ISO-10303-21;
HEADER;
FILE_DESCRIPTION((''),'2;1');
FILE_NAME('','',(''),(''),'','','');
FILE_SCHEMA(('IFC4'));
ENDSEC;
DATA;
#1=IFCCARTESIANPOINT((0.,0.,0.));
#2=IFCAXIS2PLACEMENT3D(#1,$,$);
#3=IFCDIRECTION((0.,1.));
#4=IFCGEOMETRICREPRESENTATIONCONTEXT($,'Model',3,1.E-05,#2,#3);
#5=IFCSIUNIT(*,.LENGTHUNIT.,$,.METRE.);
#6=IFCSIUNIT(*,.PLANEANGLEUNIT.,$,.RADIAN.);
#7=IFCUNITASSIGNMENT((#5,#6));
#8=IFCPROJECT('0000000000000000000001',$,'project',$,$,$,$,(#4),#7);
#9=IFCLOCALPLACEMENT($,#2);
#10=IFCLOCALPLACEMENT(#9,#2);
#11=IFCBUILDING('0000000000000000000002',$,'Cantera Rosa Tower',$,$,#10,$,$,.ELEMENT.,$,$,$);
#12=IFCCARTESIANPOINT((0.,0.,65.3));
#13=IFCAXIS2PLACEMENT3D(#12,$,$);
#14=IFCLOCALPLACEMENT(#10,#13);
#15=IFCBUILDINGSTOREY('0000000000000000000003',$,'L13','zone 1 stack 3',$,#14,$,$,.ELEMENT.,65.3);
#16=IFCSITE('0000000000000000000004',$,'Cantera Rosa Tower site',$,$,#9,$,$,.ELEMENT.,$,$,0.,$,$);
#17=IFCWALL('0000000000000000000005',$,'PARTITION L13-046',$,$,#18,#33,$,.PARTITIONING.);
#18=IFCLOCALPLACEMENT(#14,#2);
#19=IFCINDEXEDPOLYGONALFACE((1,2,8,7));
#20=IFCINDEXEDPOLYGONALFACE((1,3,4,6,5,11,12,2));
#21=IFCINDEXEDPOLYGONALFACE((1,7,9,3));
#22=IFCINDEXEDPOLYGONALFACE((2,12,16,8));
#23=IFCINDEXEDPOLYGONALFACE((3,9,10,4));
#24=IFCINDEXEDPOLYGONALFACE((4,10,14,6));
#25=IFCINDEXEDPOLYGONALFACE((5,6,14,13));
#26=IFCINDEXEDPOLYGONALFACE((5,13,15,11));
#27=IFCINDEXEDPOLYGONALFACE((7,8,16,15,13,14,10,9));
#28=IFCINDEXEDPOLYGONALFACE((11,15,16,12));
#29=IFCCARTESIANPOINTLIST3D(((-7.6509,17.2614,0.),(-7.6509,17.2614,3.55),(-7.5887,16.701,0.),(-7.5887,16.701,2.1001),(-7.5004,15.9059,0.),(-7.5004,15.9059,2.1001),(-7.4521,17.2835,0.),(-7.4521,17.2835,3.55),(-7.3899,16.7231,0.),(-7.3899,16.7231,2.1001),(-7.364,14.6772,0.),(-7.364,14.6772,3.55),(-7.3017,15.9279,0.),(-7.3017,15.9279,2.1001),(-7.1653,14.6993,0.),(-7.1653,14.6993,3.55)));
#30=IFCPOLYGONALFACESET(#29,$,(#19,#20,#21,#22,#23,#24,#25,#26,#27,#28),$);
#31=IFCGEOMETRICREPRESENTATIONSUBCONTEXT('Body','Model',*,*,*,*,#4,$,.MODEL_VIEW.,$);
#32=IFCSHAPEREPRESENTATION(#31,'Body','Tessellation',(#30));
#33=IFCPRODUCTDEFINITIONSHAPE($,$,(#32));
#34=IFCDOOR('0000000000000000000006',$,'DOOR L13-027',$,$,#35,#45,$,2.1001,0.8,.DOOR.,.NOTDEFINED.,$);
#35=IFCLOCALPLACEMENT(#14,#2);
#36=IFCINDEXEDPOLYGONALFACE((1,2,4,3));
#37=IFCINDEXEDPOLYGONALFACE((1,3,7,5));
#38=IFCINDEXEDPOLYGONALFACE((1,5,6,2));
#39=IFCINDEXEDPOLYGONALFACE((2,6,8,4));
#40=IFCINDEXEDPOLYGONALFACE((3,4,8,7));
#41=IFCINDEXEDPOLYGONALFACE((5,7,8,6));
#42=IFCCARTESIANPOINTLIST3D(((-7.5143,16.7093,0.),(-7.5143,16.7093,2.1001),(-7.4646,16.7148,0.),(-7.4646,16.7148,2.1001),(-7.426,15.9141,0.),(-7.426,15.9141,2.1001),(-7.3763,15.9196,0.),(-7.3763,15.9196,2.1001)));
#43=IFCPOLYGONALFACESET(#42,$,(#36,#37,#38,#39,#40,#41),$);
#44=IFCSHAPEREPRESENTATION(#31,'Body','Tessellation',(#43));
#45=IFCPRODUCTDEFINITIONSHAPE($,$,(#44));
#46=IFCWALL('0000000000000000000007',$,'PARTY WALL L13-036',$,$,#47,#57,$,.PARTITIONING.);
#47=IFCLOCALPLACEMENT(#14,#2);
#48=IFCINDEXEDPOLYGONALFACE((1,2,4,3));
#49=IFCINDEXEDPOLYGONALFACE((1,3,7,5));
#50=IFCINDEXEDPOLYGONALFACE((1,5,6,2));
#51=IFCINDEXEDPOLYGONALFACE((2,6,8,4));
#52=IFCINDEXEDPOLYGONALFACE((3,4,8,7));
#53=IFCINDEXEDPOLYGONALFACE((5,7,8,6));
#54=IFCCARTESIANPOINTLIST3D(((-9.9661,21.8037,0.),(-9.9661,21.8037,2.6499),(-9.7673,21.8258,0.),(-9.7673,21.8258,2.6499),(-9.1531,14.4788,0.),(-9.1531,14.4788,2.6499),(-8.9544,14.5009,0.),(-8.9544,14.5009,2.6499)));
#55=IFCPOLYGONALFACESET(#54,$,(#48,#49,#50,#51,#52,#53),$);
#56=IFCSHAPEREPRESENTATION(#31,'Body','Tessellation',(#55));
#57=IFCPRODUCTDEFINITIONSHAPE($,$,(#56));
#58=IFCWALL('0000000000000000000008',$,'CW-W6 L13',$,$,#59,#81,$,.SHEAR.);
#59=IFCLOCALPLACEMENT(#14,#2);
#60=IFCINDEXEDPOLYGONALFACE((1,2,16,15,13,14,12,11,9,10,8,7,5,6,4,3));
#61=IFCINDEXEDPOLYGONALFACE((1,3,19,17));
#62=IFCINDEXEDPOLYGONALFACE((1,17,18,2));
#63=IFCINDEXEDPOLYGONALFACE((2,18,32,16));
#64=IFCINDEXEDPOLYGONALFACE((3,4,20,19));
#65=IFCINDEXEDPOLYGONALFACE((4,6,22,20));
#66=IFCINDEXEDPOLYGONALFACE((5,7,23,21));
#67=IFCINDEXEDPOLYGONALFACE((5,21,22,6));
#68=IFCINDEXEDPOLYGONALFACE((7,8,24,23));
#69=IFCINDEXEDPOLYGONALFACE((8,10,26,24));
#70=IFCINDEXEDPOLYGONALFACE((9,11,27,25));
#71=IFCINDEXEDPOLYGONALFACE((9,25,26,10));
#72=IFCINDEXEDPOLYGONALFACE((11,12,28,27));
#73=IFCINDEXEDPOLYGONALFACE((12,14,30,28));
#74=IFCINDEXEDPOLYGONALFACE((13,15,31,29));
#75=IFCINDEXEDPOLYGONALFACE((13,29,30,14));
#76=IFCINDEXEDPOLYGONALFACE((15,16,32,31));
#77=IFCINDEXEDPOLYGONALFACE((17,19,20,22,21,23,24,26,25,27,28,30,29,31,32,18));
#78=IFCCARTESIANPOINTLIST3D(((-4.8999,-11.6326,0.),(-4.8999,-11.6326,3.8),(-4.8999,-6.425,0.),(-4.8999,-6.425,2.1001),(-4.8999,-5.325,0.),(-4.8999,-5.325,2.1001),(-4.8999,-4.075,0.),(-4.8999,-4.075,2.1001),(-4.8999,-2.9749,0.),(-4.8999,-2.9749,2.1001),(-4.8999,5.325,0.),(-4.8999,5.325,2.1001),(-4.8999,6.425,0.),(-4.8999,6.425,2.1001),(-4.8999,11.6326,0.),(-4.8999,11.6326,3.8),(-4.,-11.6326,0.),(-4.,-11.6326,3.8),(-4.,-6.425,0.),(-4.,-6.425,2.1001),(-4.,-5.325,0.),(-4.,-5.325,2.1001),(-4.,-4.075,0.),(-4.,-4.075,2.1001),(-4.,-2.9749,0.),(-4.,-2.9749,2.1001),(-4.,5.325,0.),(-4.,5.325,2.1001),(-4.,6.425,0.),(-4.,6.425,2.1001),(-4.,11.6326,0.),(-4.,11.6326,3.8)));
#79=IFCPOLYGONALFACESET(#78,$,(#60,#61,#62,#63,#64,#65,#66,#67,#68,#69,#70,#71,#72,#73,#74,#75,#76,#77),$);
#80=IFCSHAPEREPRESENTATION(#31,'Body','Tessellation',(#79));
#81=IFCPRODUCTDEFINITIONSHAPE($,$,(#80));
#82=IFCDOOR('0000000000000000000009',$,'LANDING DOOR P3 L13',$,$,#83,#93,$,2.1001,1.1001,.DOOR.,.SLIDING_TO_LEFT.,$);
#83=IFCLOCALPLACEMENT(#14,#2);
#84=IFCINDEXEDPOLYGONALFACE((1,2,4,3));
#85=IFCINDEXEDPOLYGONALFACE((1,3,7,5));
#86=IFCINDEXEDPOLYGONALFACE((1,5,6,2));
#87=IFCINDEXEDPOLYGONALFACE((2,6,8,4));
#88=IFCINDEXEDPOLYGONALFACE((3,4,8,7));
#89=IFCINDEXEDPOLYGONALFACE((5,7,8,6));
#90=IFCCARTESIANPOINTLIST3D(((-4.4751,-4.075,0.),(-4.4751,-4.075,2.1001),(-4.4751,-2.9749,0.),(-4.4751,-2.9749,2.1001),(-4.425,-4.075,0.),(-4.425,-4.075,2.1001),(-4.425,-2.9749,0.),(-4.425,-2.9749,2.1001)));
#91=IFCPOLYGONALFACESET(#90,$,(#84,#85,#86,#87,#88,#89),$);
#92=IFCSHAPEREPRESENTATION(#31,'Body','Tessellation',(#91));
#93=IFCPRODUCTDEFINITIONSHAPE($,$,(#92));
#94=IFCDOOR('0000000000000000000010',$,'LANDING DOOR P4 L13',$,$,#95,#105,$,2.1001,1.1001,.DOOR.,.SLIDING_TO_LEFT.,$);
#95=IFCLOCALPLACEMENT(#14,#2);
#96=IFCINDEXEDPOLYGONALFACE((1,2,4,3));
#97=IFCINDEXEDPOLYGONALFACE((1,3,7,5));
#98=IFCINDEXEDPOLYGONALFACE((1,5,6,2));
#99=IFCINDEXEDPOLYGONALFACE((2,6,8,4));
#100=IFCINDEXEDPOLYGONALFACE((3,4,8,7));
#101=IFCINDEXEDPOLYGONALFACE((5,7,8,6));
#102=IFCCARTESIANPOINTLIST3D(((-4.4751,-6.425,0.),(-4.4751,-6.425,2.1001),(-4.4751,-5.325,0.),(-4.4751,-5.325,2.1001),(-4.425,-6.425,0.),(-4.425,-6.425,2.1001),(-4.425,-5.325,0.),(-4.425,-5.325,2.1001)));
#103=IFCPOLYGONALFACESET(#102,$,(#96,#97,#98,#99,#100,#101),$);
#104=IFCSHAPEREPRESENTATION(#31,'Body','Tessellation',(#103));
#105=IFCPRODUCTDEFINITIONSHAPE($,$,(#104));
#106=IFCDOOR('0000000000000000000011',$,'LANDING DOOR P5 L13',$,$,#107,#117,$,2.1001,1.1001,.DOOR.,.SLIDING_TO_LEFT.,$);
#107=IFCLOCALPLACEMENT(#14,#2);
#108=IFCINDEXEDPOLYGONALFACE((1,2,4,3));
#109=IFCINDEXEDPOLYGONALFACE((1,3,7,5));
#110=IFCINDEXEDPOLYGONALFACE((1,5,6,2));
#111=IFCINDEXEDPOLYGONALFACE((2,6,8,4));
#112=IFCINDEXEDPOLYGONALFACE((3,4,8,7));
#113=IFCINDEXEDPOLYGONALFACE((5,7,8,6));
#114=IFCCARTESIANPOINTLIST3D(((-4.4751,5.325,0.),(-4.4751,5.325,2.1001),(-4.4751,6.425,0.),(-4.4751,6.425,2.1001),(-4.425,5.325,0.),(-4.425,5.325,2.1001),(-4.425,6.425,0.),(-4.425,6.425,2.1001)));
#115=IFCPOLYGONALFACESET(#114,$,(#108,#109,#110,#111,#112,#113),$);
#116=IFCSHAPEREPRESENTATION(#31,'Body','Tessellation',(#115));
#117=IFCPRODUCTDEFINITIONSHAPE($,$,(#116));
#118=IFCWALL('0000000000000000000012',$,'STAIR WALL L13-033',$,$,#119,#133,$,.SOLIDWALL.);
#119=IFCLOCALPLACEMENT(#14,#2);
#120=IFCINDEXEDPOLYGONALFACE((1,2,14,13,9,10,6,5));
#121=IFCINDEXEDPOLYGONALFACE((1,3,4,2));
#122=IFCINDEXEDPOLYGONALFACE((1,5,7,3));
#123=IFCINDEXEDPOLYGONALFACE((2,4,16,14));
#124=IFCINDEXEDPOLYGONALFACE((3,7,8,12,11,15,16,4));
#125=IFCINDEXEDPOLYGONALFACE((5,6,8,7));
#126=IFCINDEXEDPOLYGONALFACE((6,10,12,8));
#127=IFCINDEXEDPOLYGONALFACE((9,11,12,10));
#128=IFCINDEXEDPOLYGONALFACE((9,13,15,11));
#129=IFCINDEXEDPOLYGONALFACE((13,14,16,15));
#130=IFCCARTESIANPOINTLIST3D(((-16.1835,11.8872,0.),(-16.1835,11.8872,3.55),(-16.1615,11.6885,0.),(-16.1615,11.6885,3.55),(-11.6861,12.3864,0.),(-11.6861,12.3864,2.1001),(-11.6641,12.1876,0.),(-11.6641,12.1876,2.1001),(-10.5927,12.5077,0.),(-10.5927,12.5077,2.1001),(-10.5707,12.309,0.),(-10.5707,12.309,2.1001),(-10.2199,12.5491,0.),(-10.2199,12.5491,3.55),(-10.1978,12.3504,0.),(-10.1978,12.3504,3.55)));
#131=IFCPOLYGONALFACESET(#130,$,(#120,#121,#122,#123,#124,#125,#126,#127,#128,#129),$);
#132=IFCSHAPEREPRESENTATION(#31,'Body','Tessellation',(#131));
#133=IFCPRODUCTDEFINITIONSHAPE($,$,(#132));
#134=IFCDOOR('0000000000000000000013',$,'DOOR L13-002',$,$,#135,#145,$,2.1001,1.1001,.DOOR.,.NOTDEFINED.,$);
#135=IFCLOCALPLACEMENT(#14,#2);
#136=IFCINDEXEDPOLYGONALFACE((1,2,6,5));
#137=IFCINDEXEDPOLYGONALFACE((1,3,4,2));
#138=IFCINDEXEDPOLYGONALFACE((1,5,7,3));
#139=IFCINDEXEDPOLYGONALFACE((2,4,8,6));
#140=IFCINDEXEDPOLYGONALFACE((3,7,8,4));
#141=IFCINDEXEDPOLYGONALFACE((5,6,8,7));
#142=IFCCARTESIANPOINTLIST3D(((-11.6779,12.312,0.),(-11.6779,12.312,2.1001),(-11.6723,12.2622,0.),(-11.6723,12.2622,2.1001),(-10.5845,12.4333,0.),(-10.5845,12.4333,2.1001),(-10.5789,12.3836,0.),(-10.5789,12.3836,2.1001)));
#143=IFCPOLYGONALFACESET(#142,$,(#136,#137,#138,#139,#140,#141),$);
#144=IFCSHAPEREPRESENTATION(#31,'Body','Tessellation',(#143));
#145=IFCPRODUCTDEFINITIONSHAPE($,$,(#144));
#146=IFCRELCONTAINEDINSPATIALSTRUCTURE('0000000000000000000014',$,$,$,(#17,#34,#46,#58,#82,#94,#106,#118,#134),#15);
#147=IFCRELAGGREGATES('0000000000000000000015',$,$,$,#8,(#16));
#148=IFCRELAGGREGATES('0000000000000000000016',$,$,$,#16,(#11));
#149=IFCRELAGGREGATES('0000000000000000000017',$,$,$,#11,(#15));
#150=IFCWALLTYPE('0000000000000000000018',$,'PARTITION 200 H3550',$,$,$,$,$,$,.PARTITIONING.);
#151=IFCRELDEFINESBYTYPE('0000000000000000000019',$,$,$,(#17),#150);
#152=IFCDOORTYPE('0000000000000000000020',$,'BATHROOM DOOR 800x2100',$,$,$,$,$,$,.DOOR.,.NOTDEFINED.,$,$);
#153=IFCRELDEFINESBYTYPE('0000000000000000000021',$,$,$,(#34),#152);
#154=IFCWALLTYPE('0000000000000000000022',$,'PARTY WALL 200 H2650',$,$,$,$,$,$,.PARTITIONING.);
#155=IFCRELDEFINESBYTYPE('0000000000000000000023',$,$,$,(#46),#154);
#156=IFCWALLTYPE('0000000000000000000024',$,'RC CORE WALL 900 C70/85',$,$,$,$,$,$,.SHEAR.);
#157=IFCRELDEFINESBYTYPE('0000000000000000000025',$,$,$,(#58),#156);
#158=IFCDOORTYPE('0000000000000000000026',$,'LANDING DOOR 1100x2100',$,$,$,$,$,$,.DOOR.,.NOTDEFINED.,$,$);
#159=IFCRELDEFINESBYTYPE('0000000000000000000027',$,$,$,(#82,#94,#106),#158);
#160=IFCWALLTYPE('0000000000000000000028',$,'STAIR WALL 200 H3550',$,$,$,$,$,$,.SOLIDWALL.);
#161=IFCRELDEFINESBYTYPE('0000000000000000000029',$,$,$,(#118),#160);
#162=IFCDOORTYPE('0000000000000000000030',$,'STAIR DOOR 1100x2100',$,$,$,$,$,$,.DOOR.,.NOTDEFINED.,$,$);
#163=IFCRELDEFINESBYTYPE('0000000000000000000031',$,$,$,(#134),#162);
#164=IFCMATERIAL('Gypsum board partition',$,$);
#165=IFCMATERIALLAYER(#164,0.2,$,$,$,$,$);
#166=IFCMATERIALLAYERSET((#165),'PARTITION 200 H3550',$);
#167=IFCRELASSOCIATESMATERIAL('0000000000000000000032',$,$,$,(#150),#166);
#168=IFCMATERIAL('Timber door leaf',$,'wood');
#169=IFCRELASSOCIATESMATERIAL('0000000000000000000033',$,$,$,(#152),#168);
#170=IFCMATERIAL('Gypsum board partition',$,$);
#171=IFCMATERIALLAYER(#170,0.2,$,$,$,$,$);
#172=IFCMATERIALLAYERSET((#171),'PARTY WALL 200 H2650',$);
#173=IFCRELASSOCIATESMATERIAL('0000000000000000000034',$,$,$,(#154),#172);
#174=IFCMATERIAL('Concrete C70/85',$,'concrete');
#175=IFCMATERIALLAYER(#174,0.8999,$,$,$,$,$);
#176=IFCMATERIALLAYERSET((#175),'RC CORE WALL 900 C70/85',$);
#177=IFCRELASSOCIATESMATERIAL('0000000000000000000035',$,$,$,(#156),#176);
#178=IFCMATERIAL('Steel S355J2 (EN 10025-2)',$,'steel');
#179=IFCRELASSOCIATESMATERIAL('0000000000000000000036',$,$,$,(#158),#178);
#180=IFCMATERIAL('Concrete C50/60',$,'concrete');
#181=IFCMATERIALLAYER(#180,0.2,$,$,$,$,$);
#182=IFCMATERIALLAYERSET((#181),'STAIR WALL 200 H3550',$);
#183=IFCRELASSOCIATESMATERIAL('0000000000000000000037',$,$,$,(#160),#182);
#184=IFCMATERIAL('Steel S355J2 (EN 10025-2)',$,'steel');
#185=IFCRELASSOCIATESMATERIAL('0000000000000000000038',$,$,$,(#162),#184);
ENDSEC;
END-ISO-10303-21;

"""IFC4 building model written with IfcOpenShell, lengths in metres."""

from ifc_helpers import new_model, si_unit, direction, frame, frame_2d, origin, place, context, subcontext, project, spatial, rectangle, extrude, material, layer, layer_set, type_object, element, fill, save


model = new_model("IFC4")

# Units and contexts
model_context = context("Model", 3, precision=1e-05, world=origin(), true_north=direction((0.0, 1.0)))
body_context = subcontext(model_context, "Body", "Model", "MODEL_VIEW")
ifc_project = project(units=[si_unit("LENGTHUNIT", "METRE"), si_unit("PLANEANGLEUNIT", "RADIAN")], contexts=[model_context])

# Site, building, storey
site_placement = place(None, origin())
site = spatial("IfcSite", under=ifc_project, at=site_placement, Name="Cantera Rosa Tower site", CompositionType="ELEMENT", RefElevation=0.0)
building_placement = place(site_placement, origin())
building = spatial("IfcBuilding", under=site, at=building_placement, Name="Cantera Rosa Tower", CompositionType="ELEMENT")
storey_placement = place(building_placement, frame((0.0, 0.0, 65.3)))
storey = spatial("IfcBuildingStorey", under=building, at=storey_placement, Name="L13", Description="zone 1 stack 3", CompositionType="ELEMENT", Elevation=65.3)

# Shared definitions
ifc_material_1 = material(Name="Gypsum board partition")
ifc_layer_1 = layer(ifc_material_1, 0.2)
ifc_layer_set_1 = layer_set([ifc_layer_1], Name="PARTITION 200 H3550")
wall_type_1 = type_object("IfcWallType", Name="PARTITION 200 H3550", PredefinedType="PARTITIONING", material=ifc_layer_set_1)

# Wall, opening, door
ifc_material_2 = material(Name="Timber door leaf", Category="wood")
door_type_1 = type_object("IfcDoorType", Name="BATHROOM DOOR 800x2100", OperationType="NOTDEFINED", PredefinedType="DOOR", material=ifc_material_2)
wall_1_placement = place(storey_placement, frame((-7.5515, 17.2725, 0.0), z_axis=(0.0, 0.0, 1.0), x_axis=(0.110328, -0.993895, 0.0)))
wall_1 = element("IfcWall", 1, at=wall_1_placement, inside=storey, type_object=wall_type_1, Name="PARTITION L13-046", PredefinedType="PARTITIONING", context=body_context, shape_type="SweptSolid", body=[
    extrude(rectangle(XDim=2.6001, YDim=0.2, at=frame_2d((1.3, 0.0))), origin(), (0.0, 0.0, 1.0), 3.55),
])
opening_1_placement = place(wall_1_placement, frame((0.564, 0.0, 0.0)))
opening_1 = element("IfcOpeningElement", 2, at=opening_1_placement, cuts=wall_1, PredefinedType="OPENING", context=body_context, shape_type="SweptSolid", body=[
    extrude(rectangle(XDim=0.8, YDim=2.1001, at=frame_2d((0.3999, 1.05))), frame((0.0, 0.1099, 0.0), z_axis=(0.0, -1.0, 0.0), x_axis=(1.0, 0.0, 0.0)), (0.0, 0.0, 1.0), 0.22),
])
door_1_placement = place(opening_1_placement, origin())
door_1 = element("IfcDoor", 3, at=door_1_placement, inside=storey, type_object=door_type_1, Name="DOOR L13-027", OperationType="NOTDEFINED", OverallHeight=2.1001, OverallWidth=0.8, PredefinedType="DOOR", context=body_context, shape_type="SweptSolid", body=[
    extrude(rectangle(XDim=0.8, YDim=2.1001, at=frame_2d((0.3999, 1.05))), frame((0.0, 0.0249, 0.0), z_axis=(0.0, -1.0, 0.0), x_axis=(1.0, 0.0, 0.0)), (0.0, 0.0, 1.0), 0.05),
])
fill(opening_1, door_1)

# Wall
ifc_material_3 = material(Name="Gypsum board partition")
ifc_layer_2 = layer(ifc_material_3, 0.2)
ifc_layer_set_2 = layer_set([ifc_layer_2], Name="PARTY WALL 200 H2650")
wall_type_2 = type_object("IfcWallType", Name="PARTY WALL 200 H2650", PredefinedType="PARTITIONING", material=ifc_layer_set_2)
wall_2_placement = place(storey_placement, frame((-9.0537, 14.4897, 0.0), z_axis=(0.0, 0.0, 1.0), x_axis=(-0.110312, 0.993897, 0.0)))
element("IfcWall", 4, at=wall_2_placement, inside=storey, type_object=wall_type_2, Name="PARTY WALL L13-036", PredefinedType="PARTITIONING", context=body_context, shape_type="SweptSolid", body=[
    extrude(rectangle(XDim=7.3699, YDim=0.2, at=frame_2d((3.6851, 0.0))), origin(), (0.0, 0.0, 1.0), 2.6499),
])

# Wall, openings, doors
ifc_material_4 = material(Name="Concrete C70/85", Category="concrete")
ifc_layer_3 = layer(ifc_material_4, 0.8999)
ifc_layer_set_3 = layer_set([ifc_layer_3], Name="RC CORE WALL 900 C70/85")
wall_type_3 = type_object("IfcWallType", Name="RC CORE WALL 900 C70/85", PredefinedType="SHEAR", material=ifc_layer_set_3)
wall_3_placement = place(storey_placement, frame((-4.45, 11.6326, 0.0), z_axis=(0.0, 0.0, 1.0), x_axis=(0.0, -1.0, 0.0)))
wall_3 = element("IfcWall", 5, at=wall_3_placement, inside=storey, type_object=wall_type_3, Name="CW-W6 L13", PredefinedType="SHEAR", context=body_context, shape_type="SweptSolid", body=[
    extrude(rectangle(XDim=23.2651, YDim=0.8999, at=frame_2d((11.6326, 0.0))), origin(), (0.0, 0.0, 1.0), 3.8),
])
opening_2_placement = place(wall_3_placement, frame((14.6074, 0.0, 0.0)))
opening_2 = element("IfcOpeningElement", 6, at=opening_2_placement, cuts=wall_3, PredefinedType="OPENING", context=body_context, shape_type="SweptSolid", body=[
    extrude(rectangle(XDim=1.1001, YDim=2.1001, at=frame_2d((0.55, 1.05))), frame((0.0, 0.46, 0.0), z_axis=(0.0, -1.0, 0.0), x_axis=(1.0, 0.0, 0.0)), (0.0, 0.0, 1.0), 0.9199),
])
opening_3_placement = place(wall_3_placement, frame((16.9575, 0.0, 0.0)))
opening_3 = element("IfcOpeningElement", 7, at=opening_3_placement, cuts=wall_3, PredefinedType="OPENING", context=body_context, shape_type="SweptSolid", body=[
    extrude(rectangle(XDim=1.1001, YDim=2.1001, at=frame_2d((0.55, 1.05))), frame((0.0, 0.46, 0.0), z_axis=(0.0, -1.0, 0.0), x_axis=(1.0, 0.0, 0.0)), (0.0, 0.0, 1.0), 0.9199),
])
opening_4_placement = place(wall_3_placement, frame((5.2075, 0.0, 0.0)))
opening_4 = element("IfcOpeningElement", 8, at=opening_4_placement, cuts=wall_3, PredefinedType="OPENING", context=body_context, shape_type="SweptSolid", body=[
    extrude(rectangle(XDim=1.1001, YDim=2.1001, at=frame_2d((0.55, 1.05))), frame((0.0, 0.46, 0.0), z_axis=(0.0, -1.0, 0.0), x_axis=(1.0, 0.0, 0.0)), (0.0, 0.0, 1.0), 0.9199),
])
ifc_material_5 = material(Name="Steel S355J2 (EN 10025-2)", Category="steel")
door_type_2 = type_object("IfcDoorType", Name="LANDING DOOR 1100x2100", OperationType="NOTDEFINED", PredefinedType="DOOR", material=ifc_material_5)
door_2_placement = place(opening_2_placement, origin())
door_2 = element("IfcDoor", 9, at=door_2_placement, inside=storey, type_object=door_type_2, Name="LANDING DOOR P3 L13", OperationType="SLIDING_TO_LEFT", OverallHeight=2.1001, OverallWidth=1.1001, PredefinedType="DOOR", context=body_context, shape_type="SweptSolid", body=[
    extrude(rectangle(XDim=1.1001, YDim=2.1001, at=frame_2d((0.55, 1.05))), frame((0.0, 0.0249, 0.0), z_axis=(0.0, -1.0, 0.0), x_axis=(1.0, 0.0, 0.0)), (0.0, 0.0, 1.0), 0.05),
])
fill(opening_2, door_2)
door_3_placement = place(opening_3_placement, origin())
door_3 = element("IfcDoor", 10, at=door_3_placement, inside=storey, type_object=door_type_2, Name="LANDING DOOR P4 L13", OperationType="SLIDING_TO_LEFT", OverallHeight=2.1001, OverallWidth=1.1001, PredefinedType="DOOR", context=body_context, shape_type="SweptSolid", body=[
    extrude(rectangle(XDim=1.1001, YDim=2.1001, at=frame_2d((0.55, 1.05))), frame((0.0, 0.0249, 0.0), z_axis=(0.0, -1.0, 0.0), x_axis=(1.0, 0.0, 0.0)), (0.0, 0.0, 1.0), 0.05),
])
fill(opening_3, door_3)
door_4_placement = place(opening_4_placement, origin())
door_4 = element("IfcDoor", 11, at=door_4_placement, inside=storey, type_object=door_type_2, Name="LANDING DOOR P5 L13", OperationType="SLIDING_TO_LEFT", OverallHeight=2.1001, OverallWidth=1.1001, PredefinedType="DOOR", context=body_context, shape_type="SweptSolid", body=[
    extrude(rectangle(XDim=1.1001, YDim=2.1001, at=frame_2d((0.55, 1.05))), frame((0.0, 0.0249, 0.0), z_axis=(0.0, -1.0, 0.0), x_axis=(1.0, 0.0, 0.0)), (0.0, 0.0, 1.0), 0.05),
])
fill(opening_4, door_4)

# Wall, opening, door
ifc_material_6 = material(Name="Concrete C50/60", Category="concrete")
ifc_layer_4 = layer(ifc_material_6, 0.2)
ifc_layer_set_4 = layer_set([ifc_layer_4], Name="STAIR WALL 200 H3550")
wall_type_4 = type_object("IfcWallType", Name="STAIR WALL 200 H3550", PredefinedType="SOLIDWALL", material=ifc_layer_set_4)
wall_4_placement = place(storey_placement, frame((-10.209, 12.4497, 0.0), z_axis=(0.0, 0.0, 1.0), x_axis=(-0.993898, -0.110306, 0.0)))
wall_4 = element("IfcWall", 12, at=wall_4_placement, inside=storey, type_object=wall_type_4, Name="STAIR WALL L13-033", PredefinedType="SOLIDWALL", context=body_context, shape_type="SweptSolid", body=[
    extrude(rectangle(XDim=6.0002, YDim=0.2, at=frame_2d((3.0, 0.0))), origin(), (0.0, 0.0, 1.0), 3.55),
])
opening_5_placement = place(wall_4_placement, frame((0.375, 0.0, 0.0)))
opening_5 = element("IfcOpeningElement", 13, at=opening_5_placement, cuts=wall_4, PredefinedType="OPENING", context=body_context, shape_type="SweptSolid", body=[
    extrude(rectangle(XDim=1.1001, YDim=2.1001, at=frame_2d((0.55, 1.05))), frame((0.0, 0.1099, 0.0), z_axis=(0.0, -1.0, 0.0), x_axis=(1.0, 0.0, 0.0)), (0.0, 0.0, 1.0), 0.22),
])
ifc_material_7 = material(Name="Steel S355J2 (EN 10025-2)", Category="steel")
door_type_3 = type_object("IfcDoorType", Name="STAIR DOOR 1100x2100", OperationType="NOTDEFINED", PredefinedType="DOOR", material=ifc_material_7)
door_5_placement = place(opening_5_placement, origin())
door_5 = element("IfcDoor", 14, at=door_5_placement, inside=storey, type_object=door_type_3, Name="DOOR L13-002", OperationType="NOTDEFINED", OverallHeight=2.1001, OverallWidth=1.1001, PredefinedType="DOOR", context=body_context, shape_type="SweptSolid", body=[
    extrude(rectangle(XDim=1.1001, YDim=2.1001, at=frame_2d((0.55, 1.05))), frame((0.0, 0.0249, 0.0), z_axis=(0.0, -1.0, 0.0), x_axis=(1.0, 0.0, 0.0)), (0.0, 0.0, 1.0), 0.05),
])
fill(opening_5, door_5)

save(model, "model.ifc")
